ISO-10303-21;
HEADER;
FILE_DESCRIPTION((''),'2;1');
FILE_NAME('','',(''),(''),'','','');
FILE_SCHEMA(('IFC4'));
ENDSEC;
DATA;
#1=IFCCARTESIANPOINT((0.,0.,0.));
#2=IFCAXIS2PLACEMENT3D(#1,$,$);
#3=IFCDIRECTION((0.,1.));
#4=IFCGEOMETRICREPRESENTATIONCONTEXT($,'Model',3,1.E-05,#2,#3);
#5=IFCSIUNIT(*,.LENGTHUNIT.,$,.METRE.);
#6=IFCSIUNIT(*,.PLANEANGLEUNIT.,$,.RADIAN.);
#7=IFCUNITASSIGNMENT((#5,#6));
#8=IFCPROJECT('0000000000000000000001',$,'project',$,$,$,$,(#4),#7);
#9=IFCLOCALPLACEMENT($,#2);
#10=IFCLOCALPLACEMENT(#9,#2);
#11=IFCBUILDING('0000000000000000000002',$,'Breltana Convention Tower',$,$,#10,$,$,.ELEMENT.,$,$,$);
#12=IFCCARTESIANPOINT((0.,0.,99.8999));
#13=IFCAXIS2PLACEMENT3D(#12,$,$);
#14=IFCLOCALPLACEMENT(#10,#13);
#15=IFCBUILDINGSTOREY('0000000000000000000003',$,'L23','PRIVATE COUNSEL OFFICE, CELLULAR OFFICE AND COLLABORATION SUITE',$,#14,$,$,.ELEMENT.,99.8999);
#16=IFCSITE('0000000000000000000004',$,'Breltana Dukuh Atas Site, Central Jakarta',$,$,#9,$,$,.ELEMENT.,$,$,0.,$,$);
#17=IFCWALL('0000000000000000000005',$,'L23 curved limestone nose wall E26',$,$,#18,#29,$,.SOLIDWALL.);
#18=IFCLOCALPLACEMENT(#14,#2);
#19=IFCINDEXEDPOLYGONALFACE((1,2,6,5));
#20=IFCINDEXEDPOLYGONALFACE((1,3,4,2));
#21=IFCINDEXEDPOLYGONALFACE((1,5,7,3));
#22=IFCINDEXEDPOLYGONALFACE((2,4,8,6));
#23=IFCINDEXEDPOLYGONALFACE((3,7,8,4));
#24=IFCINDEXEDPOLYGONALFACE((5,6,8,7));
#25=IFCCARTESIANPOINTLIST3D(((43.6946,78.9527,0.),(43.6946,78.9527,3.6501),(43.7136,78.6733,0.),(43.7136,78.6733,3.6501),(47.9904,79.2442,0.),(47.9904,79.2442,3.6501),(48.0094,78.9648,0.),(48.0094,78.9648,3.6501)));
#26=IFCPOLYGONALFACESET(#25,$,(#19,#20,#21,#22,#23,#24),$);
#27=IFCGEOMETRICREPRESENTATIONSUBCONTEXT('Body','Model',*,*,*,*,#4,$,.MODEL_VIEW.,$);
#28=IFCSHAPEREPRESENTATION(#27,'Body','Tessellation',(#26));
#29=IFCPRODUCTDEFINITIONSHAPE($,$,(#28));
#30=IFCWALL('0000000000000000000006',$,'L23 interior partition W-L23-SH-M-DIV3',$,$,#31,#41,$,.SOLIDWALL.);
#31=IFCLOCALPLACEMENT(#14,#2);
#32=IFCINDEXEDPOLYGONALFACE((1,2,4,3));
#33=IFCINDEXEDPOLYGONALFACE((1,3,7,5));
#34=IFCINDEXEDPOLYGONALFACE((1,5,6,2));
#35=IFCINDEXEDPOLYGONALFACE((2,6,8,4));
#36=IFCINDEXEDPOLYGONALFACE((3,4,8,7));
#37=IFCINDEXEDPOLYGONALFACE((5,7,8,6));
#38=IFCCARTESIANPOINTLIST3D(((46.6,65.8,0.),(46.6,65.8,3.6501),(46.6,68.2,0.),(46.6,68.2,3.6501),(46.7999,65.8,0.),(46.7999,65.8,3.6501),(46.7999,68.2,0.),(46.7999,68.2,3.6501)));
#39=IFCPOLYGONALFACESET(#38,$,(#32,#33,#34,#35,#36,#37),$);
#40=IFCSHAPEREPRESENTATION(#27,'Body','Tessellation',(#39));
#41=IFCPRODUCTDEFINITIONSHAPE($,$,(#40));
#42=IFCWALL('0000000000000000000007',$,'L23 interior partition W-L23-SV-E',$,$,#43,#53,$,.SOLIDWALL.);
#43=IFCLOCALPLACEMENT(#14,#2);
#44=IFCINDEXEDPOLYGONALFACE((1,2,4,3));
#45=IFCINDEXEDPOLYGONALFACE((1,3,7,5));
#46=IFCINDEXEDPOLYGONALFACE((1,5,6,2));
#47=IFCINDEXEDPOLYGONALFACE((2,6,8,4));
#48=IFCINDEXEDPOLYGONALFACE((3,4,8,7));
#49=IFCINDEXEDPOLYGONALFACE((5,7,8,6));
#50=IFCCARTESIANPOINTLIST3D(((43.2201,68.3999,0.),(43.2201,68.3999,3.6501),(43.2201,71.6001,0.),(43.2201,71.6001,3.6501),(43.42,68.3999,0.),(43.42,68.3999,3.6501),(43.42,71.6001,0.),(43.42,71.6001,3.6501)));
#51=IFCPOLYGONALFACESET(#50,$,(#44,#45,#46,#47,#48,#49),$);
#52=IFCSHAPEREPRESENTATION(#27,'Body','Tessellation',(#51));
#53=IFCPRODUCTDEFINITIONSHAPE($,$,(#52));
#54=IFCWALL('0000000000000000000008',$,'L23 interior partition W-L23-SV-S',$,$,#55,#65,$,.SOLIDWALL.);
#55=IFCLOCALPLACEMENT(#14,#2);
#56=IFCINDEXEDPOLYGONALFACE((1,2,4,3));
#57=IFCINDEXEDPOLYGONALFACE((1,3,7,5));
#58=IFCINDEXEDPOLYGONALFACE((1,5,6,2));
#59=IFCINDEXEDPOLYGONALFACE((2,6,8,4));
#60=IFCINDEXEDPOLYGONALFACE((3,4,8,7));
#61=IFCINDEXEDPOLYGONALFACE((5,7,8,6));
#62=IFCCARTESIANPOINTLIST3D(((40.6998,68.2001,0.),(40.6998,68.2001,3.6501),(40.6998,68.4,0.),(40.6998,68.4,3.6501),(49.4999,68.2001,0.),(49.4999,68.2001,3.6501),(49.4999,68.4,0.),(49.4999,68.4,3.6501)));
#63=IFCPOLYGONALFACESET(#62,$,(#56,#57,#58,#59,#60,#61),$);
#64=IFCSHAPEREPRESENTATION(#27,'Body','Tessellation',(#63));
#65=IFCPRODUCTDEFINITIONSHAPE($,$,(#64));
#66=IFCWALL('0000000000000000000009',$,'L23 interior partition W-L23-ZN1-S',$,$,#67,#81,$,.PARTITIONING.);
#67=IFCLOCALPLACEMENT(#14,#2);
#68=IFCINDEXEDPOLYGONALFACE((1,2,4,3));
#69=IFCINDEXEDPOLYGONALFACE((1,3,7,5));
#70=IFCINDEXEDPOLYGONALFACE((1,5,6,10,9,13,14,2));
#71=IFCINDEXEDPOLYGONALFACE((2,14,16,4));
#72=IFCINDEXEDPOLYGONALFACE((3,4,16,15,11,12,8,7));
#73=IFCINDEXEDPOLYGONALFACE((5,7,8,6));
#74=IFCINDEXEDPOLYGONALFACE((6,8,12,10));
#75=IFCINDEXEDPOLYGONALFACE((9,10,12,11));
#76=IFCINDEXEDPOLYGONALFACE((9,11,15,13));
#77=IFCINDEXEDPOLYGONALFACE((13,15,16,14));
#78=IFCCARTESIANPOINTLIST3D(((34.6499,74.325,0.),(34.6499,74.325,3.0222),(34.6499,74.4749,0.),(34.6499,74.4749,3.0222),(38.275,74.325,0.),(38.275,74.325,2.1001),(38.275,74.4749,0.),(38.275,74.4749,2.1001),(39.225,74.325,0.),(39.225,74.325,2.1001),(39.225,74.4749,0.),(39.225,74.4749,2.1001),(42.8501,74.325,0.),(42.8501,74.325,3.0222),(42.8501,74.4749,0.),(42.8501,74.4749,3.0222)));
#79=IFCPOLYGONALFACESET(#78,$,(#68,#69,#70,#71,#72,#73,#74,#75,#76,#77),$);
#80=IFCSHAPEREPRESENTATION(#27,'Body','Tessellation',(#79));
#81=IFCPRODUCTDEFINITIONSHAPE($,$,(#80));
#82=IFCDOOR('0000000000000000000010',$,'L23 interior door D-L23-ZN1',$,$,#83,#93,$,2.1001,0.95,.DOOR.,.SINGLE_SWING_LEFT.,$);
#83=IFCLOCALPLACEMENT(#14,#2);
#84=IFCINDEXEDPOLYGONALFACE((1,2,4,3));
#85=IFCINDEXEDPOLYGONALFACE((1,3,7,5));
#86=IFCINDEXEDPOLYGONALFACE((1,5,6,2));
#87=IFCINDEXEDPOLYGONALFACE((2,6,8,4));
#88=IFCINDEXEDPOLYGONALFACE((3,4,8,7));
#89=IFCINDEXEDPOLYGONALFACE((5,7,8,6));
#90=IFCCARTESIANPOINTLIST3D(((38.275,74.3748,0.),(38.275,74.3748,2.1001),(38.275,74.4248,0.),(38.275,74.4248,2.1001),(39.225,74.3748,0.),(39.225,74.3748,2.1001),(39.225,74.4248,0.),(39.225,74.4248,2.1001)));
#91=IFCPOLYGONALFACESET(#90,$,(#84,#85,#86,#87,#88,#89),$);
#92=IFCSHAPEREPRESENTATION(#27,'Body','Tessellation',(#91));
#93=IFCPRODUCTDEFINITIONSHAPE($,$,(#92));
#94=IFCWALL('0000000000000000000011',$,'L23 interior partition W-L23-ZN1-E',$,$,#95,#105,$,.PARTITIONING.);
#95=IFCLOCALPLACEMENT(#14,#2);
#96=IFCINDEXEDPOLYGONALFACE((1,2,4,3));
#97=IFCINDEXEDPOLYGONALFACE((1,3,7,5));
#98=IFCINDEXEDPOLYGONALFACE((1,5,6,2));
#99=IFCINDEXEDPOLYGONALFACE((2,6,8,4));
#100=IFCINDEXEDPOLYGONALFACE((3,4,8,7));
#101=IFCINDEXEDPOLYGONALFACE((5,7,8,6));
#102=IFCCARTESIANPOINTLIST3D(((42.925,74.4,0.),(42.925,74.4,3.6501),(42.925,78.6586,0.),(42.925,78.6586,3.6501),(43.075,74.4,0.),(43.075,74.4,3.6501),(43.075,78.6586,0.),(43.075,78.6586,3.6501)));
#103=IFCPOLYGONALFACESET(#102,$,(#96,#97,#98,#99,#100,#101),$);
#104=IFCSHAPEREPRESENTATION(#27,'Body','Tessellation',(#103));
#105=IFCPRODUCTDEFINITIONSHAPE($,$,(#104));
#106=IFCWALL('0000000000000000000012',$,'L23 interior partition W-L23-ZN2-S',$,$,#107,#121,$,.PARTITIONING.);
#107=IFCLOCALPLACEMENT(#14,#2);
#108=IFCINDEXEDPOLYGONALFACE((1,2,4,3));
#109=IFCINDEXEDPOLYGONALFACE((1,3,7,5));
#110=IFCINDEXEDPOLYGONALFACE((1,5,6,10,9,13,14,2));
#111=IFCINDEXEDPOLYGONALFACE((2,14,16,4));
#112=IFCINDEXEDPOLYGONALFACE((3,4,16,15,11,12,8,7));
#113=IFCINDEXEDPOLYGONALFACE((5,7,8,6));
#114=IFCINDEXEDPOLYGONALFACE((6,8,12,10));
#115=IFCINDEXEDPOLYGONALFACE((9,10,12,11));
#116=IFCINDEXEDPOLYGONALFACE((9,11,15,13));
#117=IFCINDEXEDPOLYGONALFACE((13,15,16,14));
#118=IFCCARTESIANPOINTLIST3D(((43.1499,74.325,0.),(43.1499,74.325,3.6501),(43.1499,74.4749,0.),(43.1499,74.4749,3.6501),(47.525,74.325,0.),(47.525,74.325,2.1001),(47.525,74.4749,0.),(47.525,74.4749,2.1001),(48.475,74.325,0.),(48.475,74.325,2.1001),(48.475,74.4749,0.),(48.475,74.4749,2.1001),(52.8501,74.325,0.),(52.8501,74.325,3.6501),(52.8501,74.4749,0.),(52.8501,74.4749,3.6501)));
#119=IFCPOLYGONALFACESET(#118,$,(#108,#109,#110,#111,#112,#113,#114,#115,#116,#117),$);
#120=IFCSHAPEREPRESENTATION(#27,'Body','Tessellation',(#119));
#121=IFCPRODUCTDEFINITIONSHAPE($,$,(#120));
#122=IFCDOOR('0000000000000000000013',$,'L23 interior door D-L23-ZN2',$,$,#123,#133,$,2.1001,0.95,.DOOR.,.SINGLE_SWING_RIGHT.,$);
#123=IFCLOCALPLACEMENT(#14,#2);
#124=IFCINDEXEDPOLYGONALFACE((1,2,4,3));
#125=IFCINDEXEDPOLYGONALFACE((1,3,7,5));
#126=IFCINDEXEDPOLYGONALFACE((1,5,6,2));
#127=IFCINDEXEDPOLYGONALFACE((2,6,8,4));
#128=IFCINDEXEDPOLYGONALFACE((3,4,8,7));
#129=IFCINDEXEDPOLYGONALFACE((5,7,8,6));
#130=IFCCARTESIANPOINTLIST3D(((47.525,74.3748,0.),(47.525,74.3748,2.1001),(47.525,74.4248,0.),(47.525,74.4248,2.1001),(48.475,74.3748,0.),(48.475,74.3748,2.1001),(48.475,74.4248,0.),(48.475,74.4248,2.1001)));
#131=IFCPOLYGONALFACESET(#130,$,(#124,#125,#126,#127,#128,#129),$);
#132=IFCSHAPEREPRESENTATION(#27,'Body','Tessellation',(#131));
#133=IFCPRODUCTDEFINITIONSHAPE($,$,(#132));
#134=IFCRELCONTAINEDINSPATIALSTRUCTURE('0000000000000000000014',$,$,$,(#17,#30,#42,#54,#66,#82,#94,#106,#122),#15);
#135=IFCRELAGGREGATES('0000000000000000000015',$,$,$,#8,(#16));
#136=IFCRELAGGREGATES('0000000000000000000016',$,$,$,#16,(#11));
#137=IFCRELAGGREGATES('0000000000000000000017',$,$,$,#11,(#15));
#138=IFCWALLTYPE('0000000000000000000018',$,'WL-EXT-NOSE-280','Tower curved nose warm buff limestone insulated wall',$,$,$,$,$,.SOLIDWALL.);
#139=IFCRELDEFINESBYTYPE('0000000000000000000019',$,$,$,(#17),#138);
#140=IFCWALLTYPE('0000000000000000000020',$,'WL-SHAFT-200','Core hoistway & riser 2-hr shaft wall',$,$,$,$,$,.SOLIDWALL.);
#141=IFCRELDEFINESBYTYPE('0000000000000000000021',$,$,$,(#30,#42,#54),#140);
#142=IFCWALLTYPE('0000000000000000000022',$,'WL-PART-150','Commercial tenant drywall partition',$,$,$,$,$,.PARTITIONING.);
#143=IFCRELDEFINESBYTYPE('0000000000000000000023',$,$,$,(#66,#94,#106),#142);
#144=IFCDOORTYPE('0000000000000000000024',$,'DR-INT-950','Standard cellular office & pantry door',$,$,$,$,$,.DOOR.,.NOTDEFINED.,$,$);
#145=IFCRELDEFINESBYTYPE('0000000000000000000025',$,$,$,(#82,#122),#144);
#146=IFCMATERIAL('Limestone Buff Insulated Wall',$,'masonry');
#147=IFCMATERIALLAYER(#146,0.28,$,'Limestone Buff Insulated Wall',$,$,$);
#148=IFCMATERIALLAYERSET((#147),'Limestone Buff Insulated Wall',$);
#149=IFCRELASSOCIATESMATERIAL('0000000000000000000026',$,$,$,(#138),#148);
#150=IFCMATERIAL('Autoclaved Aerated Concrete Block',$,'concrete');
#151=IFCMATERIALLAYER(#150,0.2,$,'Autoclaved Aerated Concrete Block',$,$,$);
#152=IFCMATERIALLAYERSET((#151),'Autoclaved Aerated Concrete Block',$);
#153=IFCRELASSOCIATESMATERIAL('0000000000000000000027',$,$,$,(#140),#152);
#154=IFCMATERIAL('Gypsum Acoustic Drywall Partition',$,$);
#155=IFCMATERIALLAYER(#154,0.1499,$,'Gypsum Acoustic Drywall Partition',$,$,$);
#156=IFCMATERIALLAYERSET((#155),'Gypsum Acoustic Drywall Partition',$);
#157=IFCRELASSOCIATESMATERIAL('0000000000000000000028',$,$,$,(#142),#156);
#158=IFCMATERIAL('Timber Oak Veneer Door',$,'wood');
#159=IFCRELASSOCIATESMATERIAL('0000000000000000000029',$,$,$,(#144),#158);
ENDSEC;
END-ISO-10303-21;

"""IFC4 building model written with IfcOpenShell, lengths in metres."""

from ifc_helpers import new_model, si_unit, direction, frame, frame_2d, origin, place, context, subcontext, project, spatial, rectangle, extrude, source, transform, mapped, material, layer, layer_set, type_object, type_shapes, element, fill, save


model = new_model("IFC4")

# Units and contexts
model_context = context("Model", 3, precision=1e-05, world=origin(), true_north=direction((0.0, 1.0)))
body_context = subcontext(model_context, "Body", "Model", "MODEL_VIEW")
ifc_project = project(units=[si_unit("LENGTHUNIT", "METRE"), si_unit("PLANEANGLEUNIT", "RADIAN")], contexts=[model_context])

# Site, building, storey
site_placement = place(None, origin())
site = spatial("IfcSite", under=ifc_project, at=site_placement, Name="Breltana Dukuh Atas Site, Central Jakarta", CompositionType="ELEMENT", RefElevation=0.0)
building_placement = place(site_placement, origin())
building = spatial("IfcBuilding", under=site, at=building_placement, Name="Breltana Convention Tower", CompositionType="ELEMENT")
storey_placement = place(building_placement, frame((0.0, 0.0, 99.8999)))
storey = spatial("IfcBuildingStorey", under=building, at=storey_placement, Name="L23", Description="PRIVATE COUNSEL OFFICE, CELLULAR OFFICE AND COLLABORATION SUITE", CompositionType="ELEMENT", Elevation=99.8999)

# Walls
ifc_material_1 = material(Name="Limestone Buff Insulated Wall", Category="masonry")
ifc_layer_1 = layer(ifc_material_1, 0.28, Name="Limestone Buff Insulated Wall")
ifc_layer_set_1 = layer_set([ifc_layer_1], Name="Limestone Buff Insulated Wall")
wall_type_1 = type_object("IfcWallType", Name="WL-EXT-NOSE-280", Description="Tower curved nose warm buff limestone insulated wall", PredefinedType="SOLIDWALL", material=ifc_layer_set_1)
shared_shape_1 = source(origin(), body_context, "Body", "SweptSolid", [
    extrude(rectangle(XDim=4.3057, YDim=0.28, at=frame_2d((2.1528, 0.0))), origin(), (0.0, 0.0, 1.0), 3.6501),
])
wall_1_placement = place(storey_placement, frame((43.7041, 78.813, 0.0), z_axis=(0.0, 0.0, 1.0), x_axis=(0.997706, 0.067701, 0.0)))
element("IfcWall", 1, at=wall_1_placement, inside=storey, type_object=wall_type_1, Name="L23 curved limestone nose wall E26", PredefinedType="SOLIDWALL", context=body_context, shape_type="MappedRepresentation", body=[
    mapped(shared_shape_1, transform((0.0, 0.0, 0.0), scale=1.0)),
])
ifc_material_2 = material(Name="Autoclaved Aerated Concrete Block", Category="concrete")
ifc_layer_2 = layer(ifc_material_2, 0.2, Name="Autoclaved Aerated Concrete Block")
ifc_layer_set_2 = layer_set([ifc_layer_2], Name="Autoclaved Aerated Concrete Block")
wall_type_2 = type_object("IfcWallType", Name="WL-SHAFT-200", Description="Core hoistway & riser 2-hr shaft wall", PredefinedType="SOLIDWALL", material=ifc_layer_set_2)
shared_shape_2 = source(origin(), body_context, "Body", "SweptSolid", [
    extrude(rectangle(XDim=2.3999, YDim=0.2, at=frame_2d((1.2, 0.0))), origin(), (0.0, 0.0, 1.0), 3.6501),
])
wall_2_placement = place(storey_placement, frame((46.7, 65.8, 0.0), z_axis=(0.0, 0.0, 1.0), x_axis=(0.0, 1.0, 0.0)))
element("IfcWall", 2, at=wall_2_placement, inside=storey, type_object=wall_type_2, Name="L23 interior partition W-L23-SH-M-DIV3", PredefinedType="SOLIDWALL", context=body_context, shape_type="MappedRepresentation", body=[
    mapped(shared_shape_2, transform((0.0, 0.0, 0.0), scale=1.0)),
])
shared_shape_3 = source(origin(), body_context, "Body", "SweptSolid", [
    extrude(rectangle(XDim=3.2002, YDim=0.2, at=frame_2d((1.6001, 0.0))), origin(), (0.0, 0.0, 1.0), 3.6501),
])
wall_3_placement = place(storey_placement, frame((43.3201, 68.3999, 0.0), z_axis=(0.0, 0.0, 1.0), x_axis=(0.0, 1.0, 0.0)))
element("IfcWall", 3, at=wall_3_placement, inside=storey, type_object=wall_type_2, Name="L23 interior partition W-L23-SV-E", PredefinedType="SOLIDWALL", context=body_context, shape_type="MappedRepresentation", body=[
    mapped(shared_shape_3, transform((0.0, 0.0, 0.0), scale=1.0)),
])
shared_shape_4 = source(origin(), body_context, "Body", "SweptSolid", [
    extrude(rectangle(XDim=8.8, YDim=0.2, at=frame_2d((4.3999, 0.0))), origin(), (0.0, 0.0, 1.0), 3.6501),
])
wall_4_placement = place(storey_placement, frame((40.7, 68.3, 0.0), z_axis=(0.0, 0.0, 1.0), x_axis=(1.0, 0.0, 0.0)))
element("IfcWall", 4, at=wall_4_placement, inside=storey, type_object=wall_type_2, Name="L23 interior partition W-L23-SV-S", PredefinedType="SOLIDWALL", context=body_context, shape_type="MappedRepresentation", body=[
    mapped(shared_shape_4, transform((0.0, 0.0, 0.0), scale=1.0)),
])

# Wall, opening, door
ifc_material_3 = material(Name="Gypsum Acoustic Drywall Partition")
ifc_layer_3 = layer(ifc_material_3, 0.1499, Name="Gypsum Acoustic Drywall Partition")
ifc_layer_set_3 = layer_set([ifc_layer_3], Name="Gypsum Acoustic Drywall Partition")
wall_type_3 = type_object("IfcWallType", Name="WL-PART-150", Description="Commercial tenant drywall partition", PredefinedType="PARTITIONING", material=ifc_layer_set_3)
shared_shape_5 = source(origin(), body_context, "Body", "SweptSolid", [
    extrude(rectangle(XDim=8.2002, YDim=0.1499, at=frame_2d((4.1001, 0.0))), origin(), (0.0, 0.0, 1.0), 3.0222),
])
wall_5_placement = place(storey_placement, frame((34.6499, 74.3999, 0.0), z_axis=(0.0, 0.0, 1.0), x_axis=(1.0, 0.0, 0.0)))
wall_5 = element("IfcWall", 5, at=wall_5_placement, inside=storey, type_object=wall_type_3, Name="L23 interior partition W-L23-ZN1-S", PredefinedType="PARTITIONING", context=body_context, shape_type="MappedRepresentation", body=[
    mapped(shared_shape_5, transform((0.0, 0.0, 0.0), scale=1.0)),
])
opening_1_placement = place(wall_5_placement, frame((3.625, 0.0, 0.0)))
opening_1 = element("IfcOpeningElement", 6, at=opening_1_placement, cuts=wall_5, PredefinedType="OPENING", context=body_context, shape_type="SweptSolid", body=[
    extrude(rectangle(XDim=0.95, YDim=2.1001, at=frame_2d((0.4751, 1.05))), frame((0.0, 0.085, 0.0), z_axis=(0.0, -1.0, 0.0), x_axis=(1.0, 0.0, 0.0)), (0.0, 0.0, 1.0), 0.1699),
])
ifc_material_4 = material(Name="Timber Oak Veneer Door", Category="wood")
door_type_1 = type_object("IfcDoorType", Name="DR-INT-950", Description="Standard cellular office & pantry door", OperationType="NOTDEFINED", PredefinedType="DOOR", material=ifc_material_4)
shared_shape_6 = source(origin(), body_context, "Body", "SweptSolid", [
    extrude(rectangle(XDim=0.95, YDim=2.1001, at=frame_2d((0.4751, 1.05))), frame((0.0, 0.0249, 0.0), z_axis=(0.0, -1.0, 0.0), x_axis=(1.0, 0.0, 0.0)), (0.0, 0.0, 1.0), 0.05),
])
type_shapes(door_type_1, [shared_shape_6])
door_1_placement = place(opening_1_placement, origin())
door_1 = element("IfcDoor", 7, at=door_1_placement, inside=storey, type_object=door_type_1, Name="L23 interior door D-L23-ZN1", OperationType="SINGLE_SWING_LEFT", OverallHeight=2.1001, OverallWidth=0.95, PredefinedType="DOOR", context=body_context, shape_type="MappedRepresentation", body=[
    mapped(shared_shape_6, transform((0.0, 0.0, 0.0), scale=1.0)),
])
fill(opening_1, door_1)

# Wall
shared_shape_7 = source(origin(), body_context, "Body", "SweptSolid", [
    extrude(rectangle(XDim=4.2585, YDim=0.1499, at=frame_2d((2.1294, 0.0))), origin(), (0.0, 0.0, 1.0), 3.6501),
])
wall_6_placement = place(storey_placement, frame((43.0, 74.3999, 0.0), z_axis=(0.0, 0.0, 1.0), x_axis=(0.0, 1.0, 0.0)))
element("IfcWall", 8, at=wall_6_placement, inside=storey, type_object=wall_type_3, Name="L23 interior partition W-L23-ZN1-E", PredefinedType="PARTITIONING", context=body_context, shape_type="MappedRepresentation", body=[
    mapped(shared_shape_7, transform((0.0, 0.0, 0.0), scale=1.0)),
])

# Wall, opening, door
shared_shape_8 = source(origin(), body_context, "Body", "SweptSolid", [
    extrude(rectangle(XDim=9.7002, YDim=0.1499, at=frame_2d((4.8501, 0.0))), origin(), (0.0, 0.0, 1.0), 3.6501),
])
wall_7_placement = place(storey_placement, frame((43.1499, 74.3999, 0.0), z_axis=(0.0, 0.0, 1.0), x_axis=(1.0, 0.0, 0.0)))
wall_7 = element("IfcWall", 9, at=wall_7_placement, inside=storey, type_object=wall_type_3, Name="L23 interior partition W-L23-ZN2-S", PredefinedType="PARTITIONING", context=body_context, shape_type="MappedRepresentation", body=[
    mapped(shared_shape_8, transform((0.0, 0.0, 0.0), scale=1.0)),
])
opening_2_placement = place(wall_7_placement, frame((4.375, 0.0, 0.0)))
opening_2 = element("IfcOpeningElement", 10, at=opening_2_placement, cuts=wall_7, PredefinedType="OPENING", context=body_context, shape_type="SweptSolid", body=[
    extrude(rectangle(XDim=0.95, YDim=2.1001, at=frame_2d((0.4751, 1.05))), frame((0.0, 0.085, 0.0), z_axis=(0.0, -1.0, 0.0), x_axis=(1.0, 0.0, 0.0)), (0.0, 0.0, 1.0), 0.1699),
])
door_2_placement = place(opening_2_placement, origin())
door_2 = element("IfcDoor", 11, at=door_2_placement, inside=storey, type_object=door_type_1, Name="L23 interior door D-L23-ZN2", OperationType="SINGLE_SWING_RIGHT", OverallHeight=2.1001, OverallWidth=0.95, PredefinedType="DOOR", context=body_context, shape_type="MappedRepresentation", body=[
    mapped(shared_shape_6, transform((0.0, 0.0, 0.0), scale=1.0)),
])
fill(opening_2, door_2)

save(model, "model.ifc")
